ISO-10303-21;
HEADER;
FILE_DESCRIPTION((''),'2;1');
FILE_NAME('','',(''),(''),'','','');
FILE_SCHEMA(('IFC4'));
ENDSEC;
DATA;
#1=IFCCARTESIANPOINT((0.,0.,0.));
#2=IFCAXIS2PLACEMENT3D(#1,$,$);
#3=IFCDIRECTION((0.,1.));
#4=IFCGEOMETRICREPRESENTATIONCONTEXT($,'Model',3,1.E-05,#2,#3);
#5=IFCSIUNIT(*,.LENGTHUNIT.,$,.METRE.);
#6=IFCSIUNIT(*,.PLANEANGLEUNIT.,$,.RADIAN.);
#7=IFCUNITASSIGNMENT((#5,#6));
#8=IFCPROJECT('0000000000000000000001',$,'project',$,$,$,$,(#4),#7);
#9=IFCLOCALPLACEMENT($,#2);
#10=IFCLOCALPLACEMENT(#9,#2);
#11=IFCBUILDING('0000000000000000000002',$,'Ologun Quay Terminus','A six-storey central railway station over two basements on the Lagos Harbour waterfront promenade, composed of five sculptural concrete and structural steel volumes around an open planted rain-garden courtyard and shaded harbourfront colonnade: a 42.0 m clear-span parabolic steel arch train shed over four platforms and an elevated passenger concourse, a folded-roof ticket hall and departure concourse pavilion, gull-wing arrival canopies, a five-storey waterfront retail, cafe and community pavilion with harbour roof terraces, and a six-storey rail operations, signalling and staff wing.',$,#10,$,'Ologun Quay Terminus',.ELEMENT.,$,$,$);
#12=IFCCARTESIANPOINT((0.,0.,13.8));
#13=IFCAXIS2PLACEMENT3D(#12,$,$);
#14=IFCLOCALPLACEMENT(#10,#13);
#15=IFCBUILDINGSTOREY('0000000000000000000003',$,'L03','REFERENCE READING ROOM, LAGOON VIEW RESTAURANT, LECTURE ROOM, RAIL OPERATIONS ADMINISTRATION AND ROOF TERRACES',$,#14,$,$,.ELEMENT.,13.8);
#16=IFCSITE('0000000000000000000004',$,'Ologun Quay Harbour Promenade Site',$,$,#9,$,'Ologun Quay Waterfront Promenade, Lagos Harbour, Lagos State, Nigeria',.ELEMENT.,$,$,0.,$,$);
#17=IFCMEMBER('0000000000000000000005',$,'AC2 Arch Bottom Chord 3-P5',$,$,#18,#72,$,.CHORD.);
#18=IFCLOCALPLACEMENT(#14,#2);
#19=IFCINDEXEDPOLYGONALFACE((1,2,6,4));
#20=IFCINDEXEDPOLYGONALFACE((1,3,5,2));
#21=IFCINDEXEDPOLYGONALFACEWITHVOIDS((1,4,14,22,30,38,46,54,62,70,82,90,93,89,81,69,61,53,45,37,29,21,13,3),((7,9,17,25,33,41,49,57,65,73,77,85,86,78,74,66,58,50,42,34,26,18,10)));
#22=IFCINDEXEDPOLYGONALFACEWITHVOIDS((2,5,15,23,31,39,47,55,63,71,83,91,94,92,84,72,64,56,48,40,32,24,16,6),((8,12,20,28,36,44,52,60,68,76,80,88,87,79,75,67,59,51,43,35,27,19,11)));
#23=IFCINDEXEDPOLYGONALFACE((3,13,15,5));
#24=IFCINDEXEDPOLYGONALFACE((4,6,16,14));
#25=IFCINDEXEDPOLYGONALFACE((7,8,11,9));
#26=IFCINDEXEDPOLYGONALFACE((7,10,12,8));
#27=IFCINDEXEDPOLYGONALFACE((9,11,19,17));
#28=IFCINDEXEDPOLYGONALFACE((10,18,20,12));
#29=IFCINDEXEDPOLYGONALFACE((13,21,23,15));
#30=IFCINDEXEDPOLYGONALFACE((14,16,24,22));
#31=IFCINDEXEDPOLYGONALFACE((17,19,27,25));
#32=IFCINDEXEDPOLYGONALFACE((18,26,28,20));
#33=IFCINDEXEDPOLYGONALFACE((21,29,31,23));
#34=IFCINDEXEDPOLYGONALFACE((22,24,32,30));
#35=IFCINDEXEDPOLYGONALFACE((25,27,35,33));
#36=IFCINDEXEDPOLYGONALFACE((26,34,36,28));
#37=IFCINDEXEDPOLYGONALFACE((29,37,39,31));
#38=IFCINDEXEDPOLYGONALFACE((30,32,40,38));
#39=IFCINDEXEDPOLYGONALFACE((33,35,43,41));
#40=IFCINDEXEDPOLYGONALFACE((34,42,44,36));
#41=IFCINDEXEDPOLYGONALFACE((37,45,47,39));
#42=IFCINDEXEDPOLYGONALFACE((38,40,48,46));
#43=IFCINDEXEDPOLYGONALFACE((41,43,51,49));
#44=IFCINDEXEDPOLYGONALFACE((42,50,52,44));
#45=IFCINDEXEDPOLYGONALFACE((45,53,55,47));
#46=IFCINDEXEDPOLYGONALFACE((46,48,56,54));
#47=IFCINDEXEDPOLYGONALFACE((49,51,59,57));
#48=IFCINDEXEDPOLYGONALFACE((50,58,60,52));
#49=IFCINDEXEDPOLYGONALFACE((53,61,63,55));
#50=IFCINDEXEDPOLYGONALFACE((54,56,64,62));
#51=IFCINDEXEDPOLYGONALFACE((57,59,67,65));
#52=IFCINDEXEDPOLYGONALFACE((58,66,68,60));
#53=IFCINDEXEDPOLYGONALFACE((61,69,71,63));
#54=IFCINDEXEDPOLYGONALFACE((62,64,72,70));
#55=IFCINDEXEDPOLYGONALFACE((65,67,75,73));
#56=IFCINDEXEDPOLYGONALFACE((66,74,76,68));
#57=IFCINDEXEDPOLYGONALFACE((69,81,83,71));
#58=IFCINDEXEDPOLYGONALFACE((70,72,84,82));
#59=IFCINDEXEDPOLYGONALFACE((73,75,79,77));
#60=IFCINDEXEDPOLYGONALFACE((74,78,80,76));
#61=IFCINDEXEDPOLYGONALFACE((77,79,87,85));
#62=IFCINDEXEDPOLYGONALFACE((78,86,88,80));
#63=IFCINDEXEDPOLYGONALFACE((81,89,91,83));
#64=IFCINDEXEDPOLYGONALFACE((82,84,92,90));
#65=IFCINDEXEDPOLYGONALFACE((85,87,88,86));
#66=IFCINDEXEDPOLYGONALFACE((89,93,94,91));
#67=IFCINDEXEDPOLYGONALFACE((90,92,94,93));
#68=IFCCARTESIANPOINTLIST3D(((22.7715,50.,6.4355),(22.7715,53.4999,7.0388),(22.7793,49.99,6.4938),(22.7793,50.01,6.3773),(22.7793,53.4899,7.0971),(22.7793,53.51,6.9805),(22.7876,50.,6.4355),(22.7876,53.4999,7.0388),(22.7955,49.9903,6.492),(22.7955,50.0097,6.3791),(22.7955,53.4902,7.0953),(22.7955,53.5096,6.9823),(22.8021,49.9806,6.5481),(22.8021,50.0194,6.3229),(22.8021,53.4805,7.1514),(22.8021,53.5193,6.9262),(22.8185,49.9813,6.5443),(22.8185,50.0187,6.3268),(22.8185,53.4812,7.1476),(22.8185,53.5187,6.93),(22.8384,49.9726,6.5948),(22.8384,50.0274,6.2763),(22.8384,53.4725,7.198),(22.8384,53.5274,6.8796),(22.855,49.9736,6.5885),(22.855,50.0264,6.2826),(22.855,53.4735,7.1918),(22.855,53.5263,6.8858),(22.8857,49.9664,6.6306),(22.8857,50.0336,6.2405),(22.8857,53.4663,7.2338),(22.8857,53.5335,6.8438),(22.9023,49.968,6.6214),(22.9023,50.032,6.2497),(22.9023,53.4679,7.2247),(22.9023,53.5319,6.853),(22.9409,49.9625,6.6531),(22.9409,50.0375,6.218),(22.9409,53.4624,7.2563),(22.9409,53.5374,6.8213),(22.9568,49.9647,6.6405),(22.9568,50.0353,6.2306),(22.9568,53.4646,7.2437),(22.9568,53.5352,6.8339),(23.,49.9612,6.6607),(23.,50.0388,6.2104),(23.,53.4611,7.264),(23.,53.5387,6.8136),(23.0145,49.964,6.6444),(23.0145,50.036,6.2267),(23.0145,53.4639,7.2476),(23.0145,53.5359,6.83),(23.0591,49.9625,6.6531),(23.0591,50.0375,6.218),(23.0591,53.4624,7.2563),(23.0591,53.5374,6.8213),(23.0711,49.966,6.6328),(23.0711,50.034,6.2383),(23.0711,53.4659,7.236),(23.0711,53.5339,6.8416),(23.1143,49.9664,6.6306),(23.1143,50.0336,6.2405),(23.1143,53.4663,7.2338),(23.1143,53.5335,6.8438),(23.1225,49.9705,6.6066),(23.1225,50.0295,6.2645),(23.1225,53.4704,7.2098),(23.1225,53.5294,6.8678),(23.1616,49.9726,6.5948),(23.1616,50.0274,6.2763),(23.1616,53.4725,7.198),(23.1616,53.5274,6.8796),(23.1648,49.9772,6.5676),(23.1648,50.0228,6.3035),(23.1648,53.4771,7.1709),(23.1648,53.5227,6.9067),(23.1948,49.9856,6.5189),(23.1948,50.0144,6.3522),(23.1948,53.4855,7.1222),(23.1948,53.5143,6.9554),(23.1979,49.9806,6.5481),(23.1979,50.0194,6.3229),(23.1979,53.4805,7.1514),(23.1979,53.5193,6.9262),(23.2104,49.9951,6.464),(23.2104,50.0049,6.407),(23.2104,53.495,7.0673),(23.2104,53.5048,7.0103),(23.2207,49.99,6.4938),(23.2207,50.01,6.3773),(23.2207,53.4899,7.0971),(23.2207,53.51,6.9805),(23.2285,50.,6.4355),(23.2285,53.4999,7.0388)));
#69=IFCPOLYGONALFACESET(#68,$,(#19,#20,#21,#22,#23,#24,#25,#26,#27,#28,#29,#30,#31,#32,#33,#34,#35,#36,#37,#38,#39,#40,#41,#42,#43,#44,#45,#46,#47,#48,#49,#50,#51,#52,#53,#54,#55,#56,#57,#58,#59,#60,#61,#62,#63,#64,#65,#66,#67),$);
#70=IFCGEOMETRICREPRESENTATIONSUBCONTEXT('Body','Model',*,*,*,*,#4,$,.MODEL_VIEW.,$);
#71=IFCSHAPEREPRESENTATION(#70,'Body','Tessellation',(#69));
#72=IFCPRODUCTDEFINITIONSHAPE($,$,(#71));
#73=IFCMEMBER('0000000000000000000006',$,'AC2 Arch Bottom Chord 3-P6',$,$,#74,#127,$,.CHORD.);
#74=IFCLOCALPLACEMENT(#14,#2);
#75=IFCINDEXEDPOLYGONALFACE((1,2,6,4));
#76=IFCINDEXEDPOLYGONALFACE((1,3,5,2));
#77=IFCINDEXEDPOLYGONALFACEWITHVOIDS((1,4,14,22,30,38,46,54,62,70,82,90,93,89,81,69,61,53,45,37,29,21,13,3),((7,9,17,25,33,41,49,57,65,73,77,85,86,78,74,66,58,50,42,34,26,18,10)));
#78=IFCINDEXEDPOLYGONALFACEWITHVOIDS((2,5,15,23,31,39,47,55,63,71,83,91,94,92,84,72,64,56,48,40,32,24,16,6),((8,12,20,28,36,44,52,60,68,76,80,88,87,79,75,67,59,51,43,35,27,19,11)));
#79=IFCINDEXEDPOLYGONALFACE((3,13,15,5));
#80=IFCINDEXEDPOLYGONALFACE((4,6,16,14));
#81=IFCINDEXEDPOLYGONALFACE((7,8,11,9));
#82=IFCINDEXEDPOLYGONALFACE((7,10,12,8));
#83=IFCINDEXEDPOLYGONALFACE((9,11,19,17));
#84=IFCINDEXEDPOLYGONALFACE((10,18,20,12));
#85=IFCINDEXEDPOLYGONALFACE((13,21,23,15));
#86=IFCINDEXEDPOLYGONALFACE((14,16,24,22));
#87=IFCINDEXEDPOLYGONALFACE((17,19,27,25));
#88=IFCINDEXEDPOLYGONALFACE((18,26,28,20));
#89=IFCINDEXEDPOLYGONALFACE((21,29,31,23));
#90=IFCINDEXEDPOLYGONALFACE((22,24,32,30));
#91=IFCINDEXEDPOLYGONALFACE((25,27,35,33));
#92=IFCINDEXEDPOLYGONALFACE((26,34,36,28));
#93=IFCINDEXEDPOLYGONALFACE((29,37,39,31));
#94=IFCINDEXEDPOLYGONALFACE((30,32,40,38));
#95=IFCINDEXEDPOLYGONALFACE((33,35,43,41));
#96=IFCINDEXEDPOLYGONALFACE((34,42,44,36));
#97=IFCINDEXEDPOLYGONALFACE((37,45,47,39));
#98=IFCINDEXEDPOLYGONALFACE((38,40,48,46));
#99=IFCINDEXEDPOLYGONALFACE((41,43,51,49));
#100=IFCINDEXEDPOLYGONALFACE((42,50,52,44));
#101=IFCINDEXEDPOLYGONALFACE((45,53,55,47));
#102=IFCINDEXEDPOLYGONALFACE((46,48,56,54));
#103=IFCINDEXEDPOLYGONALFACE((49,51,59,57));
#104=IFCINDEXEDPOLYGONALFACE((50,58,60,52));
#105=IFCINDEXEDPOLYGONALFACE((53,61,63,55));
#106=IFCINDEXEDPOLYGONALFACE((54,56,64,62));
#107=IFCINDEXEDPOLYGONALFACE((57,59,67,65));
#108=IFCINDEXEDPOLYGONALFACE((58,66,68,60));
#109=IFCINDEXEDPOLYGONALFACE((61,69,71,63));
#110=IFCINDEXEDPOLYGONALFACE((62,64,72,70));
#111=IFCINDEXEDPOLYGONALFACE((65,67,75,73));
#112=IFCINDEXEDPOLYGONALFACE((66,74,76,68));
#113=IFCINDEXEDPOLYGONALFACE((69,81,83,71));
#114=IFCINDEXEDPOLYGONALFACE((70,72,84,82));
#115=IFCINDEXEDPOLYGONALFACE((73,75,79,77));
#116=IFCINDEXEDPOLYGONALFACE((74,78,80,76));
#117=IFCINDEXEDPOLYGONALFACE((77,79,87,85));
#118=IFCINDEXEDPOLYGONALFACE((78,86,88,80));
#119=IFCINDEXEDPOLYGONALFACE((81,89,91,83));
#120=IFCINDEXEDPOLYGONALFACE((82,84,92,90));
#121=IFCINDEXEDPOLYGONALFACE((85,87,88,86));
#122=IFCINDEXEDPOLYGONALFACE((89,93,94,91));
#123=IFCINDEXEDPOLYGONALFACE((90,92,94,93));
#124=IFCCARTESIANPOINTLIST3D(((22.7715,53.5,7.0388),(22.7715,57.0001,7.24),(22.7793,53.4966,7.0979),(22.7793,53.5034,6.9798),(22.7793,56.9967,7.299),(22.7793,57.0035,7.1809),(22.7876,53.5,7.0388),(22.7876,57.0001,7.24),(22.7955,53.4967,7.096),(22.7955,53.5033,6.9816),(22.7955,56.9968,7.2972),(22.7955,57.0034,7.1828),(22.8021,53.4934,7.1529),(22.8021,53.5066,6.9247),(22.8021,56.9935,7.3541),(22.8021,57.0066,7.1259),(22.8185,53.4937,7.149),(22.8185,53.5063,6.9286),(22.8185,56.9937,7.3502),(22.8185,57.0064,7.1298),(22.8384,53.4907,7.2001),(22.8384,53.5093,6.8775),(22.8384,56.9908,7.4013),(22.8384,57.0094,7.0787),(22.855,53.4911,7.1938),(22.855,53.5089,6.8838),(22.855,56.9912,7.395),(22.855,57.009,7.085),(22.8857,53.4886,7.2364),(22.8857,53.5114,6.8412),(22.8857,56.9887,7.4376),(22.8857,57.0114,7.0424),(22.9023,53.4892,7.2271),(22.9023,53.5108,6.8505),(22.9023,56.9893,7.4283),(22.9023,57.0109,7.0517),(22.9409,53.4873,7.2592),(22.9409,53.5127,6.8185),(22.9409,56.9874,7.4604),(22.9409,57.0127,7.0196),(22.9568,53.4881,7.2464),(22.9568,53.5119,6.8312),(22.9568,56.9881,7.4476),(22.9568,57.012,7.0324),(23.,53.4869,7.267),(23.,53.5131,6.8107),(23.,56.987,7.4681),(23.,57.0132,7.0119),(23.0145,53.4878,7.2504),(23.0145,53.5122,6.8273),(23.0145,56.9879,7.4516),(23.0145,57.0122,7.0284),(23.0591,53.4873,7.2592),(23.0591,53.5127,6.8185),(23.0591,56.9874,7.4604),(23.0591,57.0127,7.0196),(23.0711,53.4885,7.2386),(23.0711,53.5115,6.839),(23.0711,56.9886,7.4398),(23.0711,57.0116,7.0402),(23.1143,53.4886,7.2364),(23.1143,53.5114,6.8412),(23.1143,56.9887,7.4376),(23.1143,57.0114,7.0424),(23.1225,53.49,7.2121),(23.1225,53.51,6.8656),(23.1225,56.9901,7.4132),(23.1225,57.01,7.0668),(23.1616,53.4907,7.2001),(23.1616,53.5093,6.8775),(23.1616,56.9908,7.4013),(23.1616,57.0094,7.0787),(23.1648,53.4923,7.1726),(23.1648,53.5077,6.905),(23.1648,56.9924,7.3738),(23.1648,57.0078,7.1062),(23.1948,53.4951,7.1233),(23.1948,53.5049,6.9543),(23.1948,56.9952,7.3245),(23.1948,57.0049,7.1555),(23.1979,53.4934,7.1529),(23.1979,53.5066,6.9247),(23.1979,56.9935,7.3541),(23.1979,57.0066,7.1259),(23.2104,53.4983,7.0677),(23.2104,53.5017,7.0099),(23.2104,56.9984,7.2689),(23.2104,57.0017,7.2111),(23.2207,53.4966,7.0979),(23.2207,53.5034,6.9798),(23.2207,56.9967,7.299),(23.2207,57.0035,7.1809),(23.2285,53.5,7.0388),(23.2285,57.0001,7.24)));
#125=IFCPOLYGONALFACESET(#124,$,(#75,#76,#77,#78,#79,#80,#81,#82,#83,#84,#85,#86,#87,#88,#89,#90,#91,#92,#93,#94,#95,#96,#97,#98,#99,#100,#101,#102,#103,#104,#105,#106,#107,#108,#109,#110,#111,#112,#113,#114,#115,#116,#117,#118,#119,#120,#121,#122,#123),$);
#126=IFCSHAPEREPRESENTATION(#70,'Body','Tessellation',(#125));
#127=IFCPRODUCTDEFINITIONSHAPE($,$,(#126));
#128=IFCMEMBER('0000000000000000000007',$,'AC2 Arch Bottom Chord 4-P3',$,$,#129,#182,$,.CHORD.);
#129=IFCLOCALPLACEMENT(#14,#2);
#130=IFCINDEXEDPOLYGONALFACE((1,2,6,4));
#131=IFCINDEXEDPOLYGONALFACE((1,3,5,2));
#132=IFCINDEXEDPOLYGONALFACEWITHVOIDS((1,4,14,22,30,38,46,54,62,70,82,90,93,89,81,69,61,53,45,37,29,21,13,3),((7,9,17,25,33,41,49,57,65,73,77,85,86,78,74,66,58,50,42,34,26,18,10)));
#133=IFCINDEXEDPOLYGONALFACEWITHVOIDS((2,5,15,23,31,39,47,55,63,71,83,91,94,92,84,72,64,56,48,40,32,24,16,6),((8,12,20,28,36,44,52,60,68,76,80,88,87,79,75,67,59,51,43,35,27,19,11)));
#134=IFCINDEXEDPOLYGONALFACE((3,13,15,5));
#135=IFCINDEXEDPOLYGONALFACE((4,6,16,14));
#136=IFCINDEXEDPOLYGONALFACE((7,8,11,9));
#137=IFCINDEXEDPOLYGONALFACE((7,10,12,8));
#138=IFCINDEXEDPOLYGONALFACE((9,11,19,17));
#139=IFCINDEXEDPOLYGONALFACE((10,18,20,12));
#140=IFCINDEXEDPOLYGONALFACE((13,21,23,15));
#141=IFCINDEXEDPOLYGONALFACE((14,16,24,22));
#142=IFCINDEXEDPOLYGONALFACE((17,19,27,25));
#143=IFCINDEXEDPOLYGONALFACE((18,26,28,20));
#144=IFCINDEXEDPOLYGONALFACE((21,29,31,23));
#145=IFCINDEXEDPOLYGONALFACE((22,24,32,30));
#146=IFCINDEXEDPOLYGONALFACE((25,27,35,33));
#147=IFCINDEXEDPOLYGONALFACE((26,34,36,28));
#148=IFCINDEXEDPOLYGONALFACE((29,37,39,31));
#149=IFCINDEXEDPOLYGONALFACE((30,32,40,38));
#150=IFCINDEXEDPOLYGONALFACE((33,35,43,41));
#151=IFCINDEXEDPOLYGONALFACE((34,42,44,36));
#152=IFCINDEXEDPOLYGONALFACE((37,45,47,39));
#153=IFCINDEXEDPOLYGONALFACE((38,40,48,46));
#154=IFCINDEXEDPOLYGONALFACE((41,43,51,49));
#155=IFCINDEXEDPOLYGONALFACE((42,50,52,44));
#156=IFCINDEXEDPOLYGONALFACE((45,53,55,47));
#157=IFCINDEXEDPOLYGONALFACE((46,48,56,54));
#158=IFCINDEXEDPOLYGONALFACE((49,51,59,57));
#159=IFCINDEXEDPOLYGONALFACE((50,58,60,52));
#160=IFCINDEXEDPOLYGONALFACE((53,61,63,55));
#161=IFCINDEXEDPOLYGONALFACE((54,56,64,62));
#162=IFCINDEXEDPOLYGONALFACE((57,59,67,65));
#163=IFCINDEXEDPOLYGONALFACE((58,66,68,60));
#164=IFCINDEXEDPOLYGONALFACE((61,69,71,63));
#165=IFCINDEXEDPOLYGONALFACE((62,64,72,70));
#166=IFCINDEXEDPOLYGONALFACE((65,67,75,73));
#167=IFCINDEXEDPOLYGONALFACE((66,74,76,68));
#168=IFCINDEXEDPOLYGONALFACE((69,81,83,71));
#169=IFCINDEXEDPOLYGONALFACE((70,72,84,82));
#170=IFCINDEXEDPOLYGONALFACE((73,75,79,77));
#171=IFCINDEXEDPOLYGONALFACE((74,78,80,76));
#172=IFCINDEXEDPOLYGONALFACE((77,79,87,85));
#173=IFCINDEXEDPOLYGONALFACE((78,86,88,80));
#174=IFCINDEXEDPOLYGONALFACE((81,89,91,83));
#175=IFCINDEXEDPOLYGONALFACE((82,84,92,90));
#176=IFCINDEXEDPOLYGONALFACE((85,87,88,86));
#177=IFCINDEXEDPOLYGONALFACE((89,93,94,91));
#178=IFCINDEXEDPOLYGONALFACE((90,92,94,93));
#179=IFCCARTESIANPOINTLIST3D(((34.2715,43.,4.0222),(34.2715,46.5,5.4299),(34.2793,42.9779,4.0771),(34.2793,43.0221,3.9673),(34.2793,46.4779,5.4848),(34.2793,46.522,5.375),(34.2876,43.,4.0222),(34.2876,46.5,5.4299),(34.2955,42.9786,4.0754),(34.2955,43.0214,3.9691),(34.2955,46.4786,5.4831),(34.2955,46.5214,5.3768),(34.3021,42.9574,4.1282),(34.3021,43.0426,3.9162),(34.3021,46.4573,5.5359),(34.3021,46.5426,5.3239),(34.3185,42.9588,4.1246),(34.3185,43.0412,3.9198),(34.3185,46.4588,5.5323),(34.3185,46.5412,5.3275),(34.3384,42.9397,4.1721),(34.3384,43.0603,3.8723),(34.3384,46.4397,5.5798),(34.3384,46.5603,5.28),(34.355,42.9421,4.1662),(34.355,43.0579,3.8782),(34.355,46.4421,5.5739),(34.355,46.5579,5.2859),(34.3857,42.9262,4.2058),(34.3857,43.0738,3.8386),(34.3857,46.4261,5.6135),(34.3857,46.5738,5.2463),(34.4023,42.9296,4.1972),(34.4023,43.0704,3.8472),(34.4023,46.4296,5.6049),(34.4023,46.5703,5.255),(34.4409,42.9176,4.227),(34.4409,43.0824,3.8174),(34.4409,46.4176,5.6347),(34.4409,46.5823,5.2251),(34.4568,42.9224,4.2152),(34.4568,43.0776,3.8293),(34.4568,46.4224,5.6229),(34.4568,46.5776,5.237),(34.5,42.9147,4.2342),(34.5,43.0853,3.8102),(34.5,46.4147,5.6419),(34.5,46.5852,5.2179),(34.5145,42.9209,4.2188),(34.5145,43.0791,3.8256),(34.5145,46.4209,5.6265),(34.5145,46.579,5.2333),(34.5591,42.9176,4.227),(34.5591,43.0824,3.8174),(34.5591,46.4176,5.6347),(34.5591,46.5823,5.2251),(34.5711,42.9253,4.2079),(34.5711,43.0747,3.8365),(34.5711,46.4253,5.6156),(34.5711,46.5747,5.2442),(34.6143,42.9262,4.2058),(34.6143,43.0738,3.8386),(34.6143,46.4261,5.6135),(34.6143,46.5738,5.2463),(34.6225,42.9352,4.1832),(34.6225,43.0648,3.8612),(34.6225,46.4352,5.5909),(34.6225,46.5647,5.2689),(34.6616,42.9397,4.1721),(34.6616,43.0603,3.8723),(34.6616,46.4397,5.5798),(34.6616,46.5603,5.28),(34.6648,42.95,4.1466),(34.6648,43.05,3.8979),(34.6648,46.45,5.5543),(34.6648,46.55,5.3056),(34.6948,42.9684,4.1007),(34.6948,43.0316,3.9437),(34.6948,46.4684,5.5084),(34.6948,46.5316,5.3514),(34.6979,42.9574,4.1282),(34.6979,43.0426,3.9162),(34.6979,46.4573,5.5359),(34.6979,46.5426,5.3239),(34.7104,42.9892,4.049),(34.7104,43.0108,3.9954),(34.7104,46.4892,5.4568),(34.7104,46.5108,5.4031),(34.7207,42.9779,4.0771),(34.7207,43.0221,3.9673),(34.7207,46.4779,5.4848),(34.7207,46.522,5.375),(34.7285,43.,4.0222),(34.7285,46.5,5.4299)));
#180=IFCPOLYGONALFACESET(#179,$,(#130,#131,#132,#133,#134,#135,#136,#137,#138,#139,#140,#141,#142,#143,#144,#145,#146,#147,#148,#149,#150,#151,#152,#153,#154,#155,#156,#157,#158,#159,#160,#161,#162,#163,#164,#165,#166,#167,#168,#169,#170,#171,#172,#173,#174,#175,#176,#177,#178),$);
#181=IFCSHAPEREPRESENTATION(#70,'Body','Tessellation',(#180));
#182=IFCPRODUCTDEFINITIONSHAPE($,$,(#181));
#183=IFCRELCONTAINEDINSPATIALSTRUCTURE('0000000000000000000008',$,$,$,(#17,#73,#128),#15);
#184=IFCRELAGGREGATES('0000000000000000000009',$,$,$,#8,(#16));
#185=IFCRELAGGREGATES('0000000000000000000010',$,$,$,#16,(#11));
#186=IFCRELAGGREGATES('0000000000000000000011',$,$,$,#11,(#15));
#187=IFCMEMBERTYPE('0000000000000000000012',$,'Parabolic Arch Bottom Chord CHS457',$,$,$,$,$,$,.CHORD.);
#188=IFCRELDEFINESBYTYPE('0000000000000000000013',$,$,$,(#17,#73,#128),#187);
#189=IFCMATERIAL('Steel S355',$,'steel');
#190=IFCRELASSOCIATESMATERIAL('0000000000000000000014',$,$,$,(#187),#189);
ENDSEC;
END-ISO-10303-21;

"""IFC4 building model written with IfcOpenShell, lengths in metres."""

from ifc_helpers import new_model, si_unit, direction, frame, origin, origin_2d, place, context, subcontext, project, spatial, hollow_circle, extrude, material, material_profile, profile_set, type_object, element, save


model = new_model("IFC4")

# Units and contexts
model_context = context("Model", 3, precision=1e-05, world=origin(), true_north=direction((0.0, 1.0)))
body_context = subcontext(model_context, "Body", "Model", "MODEL_VIEW")
ifc_project = project(units=[si_unit("LENGTHUNIT", "METRE"), si_unit("PLANEANGLEUNIT", "RADIAN")], contexts=[model_context])

# Site, building, storey
site_placement = place(None, origin())
site = spatial("IfcSite", under=ifc_project, at=site_placement, Name="Ologun Quay Harbour Promenade Site", LongName="Ologun Quay Waterfront Promenade, Lagos Harbour, Lagos State, Nigeria", CompositionType="ELEMENT", RefElevation=0.0)
building_placement = place(site_placement, origin())
building = spatial("IfcBuilding", under=site, at=building_placement, Name="Ologun Quay Terminus", Description="A six-storey central railway station over two basements on the Lagos Harbour waterfront promenade, composed of five sculptural concrete and structural steel volumes around an open planted rain-garden courtyard and shaded harbourfront colonnade: a 42.0 m clear-span parabolic steel arch train shed over four platforms and an elevated passenger concourse, a folded-roof ticket hall and departure concourse pavilion, gull-wing arrival canopies, a five-storey waterfront retail, cafe and community pavilion with harbour roof terraces, and a six-storey rail operations, signalling and staff wing.", LongName="Ologun Quay Terminus", CompositionType="ELEMENT")
storey_placement = place(building_placement, frame((0.0, 0.0, 13.8)))
storey = spatial("IfcBuildingStorey", under=building, at=storey_placement, Name="L03", Description="REFERENCE READING ROOM, LAGOON VIEW RESTAURANT, LECTURE ROOM, RAIL OPERATIONS ADMINISTRATION AND ROOF TERRACES", CompositionType="ELEMENT", Elevation=13.8)

# Members
ifc_material_1 = material(Name="Steel S355", Category="steel")
ifc_material_profile_1 = material_profile(ifc_material_1, hollow_circle(Radius=0.2285, WallThickness=0.0161, at=origin_2d()), Name="CHS 457x16")
ifc_profile_set_1 = profile_set([ifc_material_profile_1], Name="Steel S355")
member_type_1 = type_object("IfcMemberType", Name="Parabolic Arch Bottom Chord CHS457", PredefinedType="CHORD", material=ifc_profile_set_1)
member_1_placement = place(storey_placement, frame((23.0, 50.0, 6.4355), z_axis=(0.0, 0.985468, 0.169859), x_axis=(-1.0, 0.0, 0.0)))
element("IfcMember", 1, at=member_1_placement, inside=storey, type_object=member_type_1, Name="AC2 Arch Bottom Chord 3-P5", PredefinedType="CHORD", context=body_context, shape_type="SweptSolid", body=[
    extrude(hollow_circle(Radius=0.2285, WallThickness=0.0161, at=origin_2d()), origin(), (0.0, 0.0, 1.0), 3.5515),
])
member_2_placement = place(storey_placement, frame((23.0, 53.5, 7.0388), z_axis=(0.0, 0.998352, 0.057383), x_axis=(-1.0, 0.0, 0.0)))
element("IfcMember", 2, at=member_2_placement, inside=storey, type_object=member_type_1, Name="AC2 Arch Bottom Chord 3-P6", PredefinedType="CHORD", context=body_context, shape_type="SweptSolid", body=[
    extrude(hollow_circle(Radius=0.2285, WallThickness=0.0161, at=origin_2d()), origin(), (0.0, 0.0, 1.0), 3.5059),
])
member_3_placement = place(storey_placement, frame((34.5, 43.0, 4.0222), z_axis=(0.0, 0.92777, 0.373153), x_axis=(-1.0, 0.0, 0.0)))
element("IfcMember", 3, at=member_3_placement, inside=storey, type_object=member_type_1, Name="AC2 Arch Bottom Chord 4-P3", PredefinedType="CHORD", context=body_context, shape_type="SweptSolid", body=[
    extrude(hollow_circle(Radius=0.2285, WallThickness=0.0161, at=origin_2d()), origin(), (0.0, 0.0, 1.0), 3.7725),
])

save(model, "model.ifc")
